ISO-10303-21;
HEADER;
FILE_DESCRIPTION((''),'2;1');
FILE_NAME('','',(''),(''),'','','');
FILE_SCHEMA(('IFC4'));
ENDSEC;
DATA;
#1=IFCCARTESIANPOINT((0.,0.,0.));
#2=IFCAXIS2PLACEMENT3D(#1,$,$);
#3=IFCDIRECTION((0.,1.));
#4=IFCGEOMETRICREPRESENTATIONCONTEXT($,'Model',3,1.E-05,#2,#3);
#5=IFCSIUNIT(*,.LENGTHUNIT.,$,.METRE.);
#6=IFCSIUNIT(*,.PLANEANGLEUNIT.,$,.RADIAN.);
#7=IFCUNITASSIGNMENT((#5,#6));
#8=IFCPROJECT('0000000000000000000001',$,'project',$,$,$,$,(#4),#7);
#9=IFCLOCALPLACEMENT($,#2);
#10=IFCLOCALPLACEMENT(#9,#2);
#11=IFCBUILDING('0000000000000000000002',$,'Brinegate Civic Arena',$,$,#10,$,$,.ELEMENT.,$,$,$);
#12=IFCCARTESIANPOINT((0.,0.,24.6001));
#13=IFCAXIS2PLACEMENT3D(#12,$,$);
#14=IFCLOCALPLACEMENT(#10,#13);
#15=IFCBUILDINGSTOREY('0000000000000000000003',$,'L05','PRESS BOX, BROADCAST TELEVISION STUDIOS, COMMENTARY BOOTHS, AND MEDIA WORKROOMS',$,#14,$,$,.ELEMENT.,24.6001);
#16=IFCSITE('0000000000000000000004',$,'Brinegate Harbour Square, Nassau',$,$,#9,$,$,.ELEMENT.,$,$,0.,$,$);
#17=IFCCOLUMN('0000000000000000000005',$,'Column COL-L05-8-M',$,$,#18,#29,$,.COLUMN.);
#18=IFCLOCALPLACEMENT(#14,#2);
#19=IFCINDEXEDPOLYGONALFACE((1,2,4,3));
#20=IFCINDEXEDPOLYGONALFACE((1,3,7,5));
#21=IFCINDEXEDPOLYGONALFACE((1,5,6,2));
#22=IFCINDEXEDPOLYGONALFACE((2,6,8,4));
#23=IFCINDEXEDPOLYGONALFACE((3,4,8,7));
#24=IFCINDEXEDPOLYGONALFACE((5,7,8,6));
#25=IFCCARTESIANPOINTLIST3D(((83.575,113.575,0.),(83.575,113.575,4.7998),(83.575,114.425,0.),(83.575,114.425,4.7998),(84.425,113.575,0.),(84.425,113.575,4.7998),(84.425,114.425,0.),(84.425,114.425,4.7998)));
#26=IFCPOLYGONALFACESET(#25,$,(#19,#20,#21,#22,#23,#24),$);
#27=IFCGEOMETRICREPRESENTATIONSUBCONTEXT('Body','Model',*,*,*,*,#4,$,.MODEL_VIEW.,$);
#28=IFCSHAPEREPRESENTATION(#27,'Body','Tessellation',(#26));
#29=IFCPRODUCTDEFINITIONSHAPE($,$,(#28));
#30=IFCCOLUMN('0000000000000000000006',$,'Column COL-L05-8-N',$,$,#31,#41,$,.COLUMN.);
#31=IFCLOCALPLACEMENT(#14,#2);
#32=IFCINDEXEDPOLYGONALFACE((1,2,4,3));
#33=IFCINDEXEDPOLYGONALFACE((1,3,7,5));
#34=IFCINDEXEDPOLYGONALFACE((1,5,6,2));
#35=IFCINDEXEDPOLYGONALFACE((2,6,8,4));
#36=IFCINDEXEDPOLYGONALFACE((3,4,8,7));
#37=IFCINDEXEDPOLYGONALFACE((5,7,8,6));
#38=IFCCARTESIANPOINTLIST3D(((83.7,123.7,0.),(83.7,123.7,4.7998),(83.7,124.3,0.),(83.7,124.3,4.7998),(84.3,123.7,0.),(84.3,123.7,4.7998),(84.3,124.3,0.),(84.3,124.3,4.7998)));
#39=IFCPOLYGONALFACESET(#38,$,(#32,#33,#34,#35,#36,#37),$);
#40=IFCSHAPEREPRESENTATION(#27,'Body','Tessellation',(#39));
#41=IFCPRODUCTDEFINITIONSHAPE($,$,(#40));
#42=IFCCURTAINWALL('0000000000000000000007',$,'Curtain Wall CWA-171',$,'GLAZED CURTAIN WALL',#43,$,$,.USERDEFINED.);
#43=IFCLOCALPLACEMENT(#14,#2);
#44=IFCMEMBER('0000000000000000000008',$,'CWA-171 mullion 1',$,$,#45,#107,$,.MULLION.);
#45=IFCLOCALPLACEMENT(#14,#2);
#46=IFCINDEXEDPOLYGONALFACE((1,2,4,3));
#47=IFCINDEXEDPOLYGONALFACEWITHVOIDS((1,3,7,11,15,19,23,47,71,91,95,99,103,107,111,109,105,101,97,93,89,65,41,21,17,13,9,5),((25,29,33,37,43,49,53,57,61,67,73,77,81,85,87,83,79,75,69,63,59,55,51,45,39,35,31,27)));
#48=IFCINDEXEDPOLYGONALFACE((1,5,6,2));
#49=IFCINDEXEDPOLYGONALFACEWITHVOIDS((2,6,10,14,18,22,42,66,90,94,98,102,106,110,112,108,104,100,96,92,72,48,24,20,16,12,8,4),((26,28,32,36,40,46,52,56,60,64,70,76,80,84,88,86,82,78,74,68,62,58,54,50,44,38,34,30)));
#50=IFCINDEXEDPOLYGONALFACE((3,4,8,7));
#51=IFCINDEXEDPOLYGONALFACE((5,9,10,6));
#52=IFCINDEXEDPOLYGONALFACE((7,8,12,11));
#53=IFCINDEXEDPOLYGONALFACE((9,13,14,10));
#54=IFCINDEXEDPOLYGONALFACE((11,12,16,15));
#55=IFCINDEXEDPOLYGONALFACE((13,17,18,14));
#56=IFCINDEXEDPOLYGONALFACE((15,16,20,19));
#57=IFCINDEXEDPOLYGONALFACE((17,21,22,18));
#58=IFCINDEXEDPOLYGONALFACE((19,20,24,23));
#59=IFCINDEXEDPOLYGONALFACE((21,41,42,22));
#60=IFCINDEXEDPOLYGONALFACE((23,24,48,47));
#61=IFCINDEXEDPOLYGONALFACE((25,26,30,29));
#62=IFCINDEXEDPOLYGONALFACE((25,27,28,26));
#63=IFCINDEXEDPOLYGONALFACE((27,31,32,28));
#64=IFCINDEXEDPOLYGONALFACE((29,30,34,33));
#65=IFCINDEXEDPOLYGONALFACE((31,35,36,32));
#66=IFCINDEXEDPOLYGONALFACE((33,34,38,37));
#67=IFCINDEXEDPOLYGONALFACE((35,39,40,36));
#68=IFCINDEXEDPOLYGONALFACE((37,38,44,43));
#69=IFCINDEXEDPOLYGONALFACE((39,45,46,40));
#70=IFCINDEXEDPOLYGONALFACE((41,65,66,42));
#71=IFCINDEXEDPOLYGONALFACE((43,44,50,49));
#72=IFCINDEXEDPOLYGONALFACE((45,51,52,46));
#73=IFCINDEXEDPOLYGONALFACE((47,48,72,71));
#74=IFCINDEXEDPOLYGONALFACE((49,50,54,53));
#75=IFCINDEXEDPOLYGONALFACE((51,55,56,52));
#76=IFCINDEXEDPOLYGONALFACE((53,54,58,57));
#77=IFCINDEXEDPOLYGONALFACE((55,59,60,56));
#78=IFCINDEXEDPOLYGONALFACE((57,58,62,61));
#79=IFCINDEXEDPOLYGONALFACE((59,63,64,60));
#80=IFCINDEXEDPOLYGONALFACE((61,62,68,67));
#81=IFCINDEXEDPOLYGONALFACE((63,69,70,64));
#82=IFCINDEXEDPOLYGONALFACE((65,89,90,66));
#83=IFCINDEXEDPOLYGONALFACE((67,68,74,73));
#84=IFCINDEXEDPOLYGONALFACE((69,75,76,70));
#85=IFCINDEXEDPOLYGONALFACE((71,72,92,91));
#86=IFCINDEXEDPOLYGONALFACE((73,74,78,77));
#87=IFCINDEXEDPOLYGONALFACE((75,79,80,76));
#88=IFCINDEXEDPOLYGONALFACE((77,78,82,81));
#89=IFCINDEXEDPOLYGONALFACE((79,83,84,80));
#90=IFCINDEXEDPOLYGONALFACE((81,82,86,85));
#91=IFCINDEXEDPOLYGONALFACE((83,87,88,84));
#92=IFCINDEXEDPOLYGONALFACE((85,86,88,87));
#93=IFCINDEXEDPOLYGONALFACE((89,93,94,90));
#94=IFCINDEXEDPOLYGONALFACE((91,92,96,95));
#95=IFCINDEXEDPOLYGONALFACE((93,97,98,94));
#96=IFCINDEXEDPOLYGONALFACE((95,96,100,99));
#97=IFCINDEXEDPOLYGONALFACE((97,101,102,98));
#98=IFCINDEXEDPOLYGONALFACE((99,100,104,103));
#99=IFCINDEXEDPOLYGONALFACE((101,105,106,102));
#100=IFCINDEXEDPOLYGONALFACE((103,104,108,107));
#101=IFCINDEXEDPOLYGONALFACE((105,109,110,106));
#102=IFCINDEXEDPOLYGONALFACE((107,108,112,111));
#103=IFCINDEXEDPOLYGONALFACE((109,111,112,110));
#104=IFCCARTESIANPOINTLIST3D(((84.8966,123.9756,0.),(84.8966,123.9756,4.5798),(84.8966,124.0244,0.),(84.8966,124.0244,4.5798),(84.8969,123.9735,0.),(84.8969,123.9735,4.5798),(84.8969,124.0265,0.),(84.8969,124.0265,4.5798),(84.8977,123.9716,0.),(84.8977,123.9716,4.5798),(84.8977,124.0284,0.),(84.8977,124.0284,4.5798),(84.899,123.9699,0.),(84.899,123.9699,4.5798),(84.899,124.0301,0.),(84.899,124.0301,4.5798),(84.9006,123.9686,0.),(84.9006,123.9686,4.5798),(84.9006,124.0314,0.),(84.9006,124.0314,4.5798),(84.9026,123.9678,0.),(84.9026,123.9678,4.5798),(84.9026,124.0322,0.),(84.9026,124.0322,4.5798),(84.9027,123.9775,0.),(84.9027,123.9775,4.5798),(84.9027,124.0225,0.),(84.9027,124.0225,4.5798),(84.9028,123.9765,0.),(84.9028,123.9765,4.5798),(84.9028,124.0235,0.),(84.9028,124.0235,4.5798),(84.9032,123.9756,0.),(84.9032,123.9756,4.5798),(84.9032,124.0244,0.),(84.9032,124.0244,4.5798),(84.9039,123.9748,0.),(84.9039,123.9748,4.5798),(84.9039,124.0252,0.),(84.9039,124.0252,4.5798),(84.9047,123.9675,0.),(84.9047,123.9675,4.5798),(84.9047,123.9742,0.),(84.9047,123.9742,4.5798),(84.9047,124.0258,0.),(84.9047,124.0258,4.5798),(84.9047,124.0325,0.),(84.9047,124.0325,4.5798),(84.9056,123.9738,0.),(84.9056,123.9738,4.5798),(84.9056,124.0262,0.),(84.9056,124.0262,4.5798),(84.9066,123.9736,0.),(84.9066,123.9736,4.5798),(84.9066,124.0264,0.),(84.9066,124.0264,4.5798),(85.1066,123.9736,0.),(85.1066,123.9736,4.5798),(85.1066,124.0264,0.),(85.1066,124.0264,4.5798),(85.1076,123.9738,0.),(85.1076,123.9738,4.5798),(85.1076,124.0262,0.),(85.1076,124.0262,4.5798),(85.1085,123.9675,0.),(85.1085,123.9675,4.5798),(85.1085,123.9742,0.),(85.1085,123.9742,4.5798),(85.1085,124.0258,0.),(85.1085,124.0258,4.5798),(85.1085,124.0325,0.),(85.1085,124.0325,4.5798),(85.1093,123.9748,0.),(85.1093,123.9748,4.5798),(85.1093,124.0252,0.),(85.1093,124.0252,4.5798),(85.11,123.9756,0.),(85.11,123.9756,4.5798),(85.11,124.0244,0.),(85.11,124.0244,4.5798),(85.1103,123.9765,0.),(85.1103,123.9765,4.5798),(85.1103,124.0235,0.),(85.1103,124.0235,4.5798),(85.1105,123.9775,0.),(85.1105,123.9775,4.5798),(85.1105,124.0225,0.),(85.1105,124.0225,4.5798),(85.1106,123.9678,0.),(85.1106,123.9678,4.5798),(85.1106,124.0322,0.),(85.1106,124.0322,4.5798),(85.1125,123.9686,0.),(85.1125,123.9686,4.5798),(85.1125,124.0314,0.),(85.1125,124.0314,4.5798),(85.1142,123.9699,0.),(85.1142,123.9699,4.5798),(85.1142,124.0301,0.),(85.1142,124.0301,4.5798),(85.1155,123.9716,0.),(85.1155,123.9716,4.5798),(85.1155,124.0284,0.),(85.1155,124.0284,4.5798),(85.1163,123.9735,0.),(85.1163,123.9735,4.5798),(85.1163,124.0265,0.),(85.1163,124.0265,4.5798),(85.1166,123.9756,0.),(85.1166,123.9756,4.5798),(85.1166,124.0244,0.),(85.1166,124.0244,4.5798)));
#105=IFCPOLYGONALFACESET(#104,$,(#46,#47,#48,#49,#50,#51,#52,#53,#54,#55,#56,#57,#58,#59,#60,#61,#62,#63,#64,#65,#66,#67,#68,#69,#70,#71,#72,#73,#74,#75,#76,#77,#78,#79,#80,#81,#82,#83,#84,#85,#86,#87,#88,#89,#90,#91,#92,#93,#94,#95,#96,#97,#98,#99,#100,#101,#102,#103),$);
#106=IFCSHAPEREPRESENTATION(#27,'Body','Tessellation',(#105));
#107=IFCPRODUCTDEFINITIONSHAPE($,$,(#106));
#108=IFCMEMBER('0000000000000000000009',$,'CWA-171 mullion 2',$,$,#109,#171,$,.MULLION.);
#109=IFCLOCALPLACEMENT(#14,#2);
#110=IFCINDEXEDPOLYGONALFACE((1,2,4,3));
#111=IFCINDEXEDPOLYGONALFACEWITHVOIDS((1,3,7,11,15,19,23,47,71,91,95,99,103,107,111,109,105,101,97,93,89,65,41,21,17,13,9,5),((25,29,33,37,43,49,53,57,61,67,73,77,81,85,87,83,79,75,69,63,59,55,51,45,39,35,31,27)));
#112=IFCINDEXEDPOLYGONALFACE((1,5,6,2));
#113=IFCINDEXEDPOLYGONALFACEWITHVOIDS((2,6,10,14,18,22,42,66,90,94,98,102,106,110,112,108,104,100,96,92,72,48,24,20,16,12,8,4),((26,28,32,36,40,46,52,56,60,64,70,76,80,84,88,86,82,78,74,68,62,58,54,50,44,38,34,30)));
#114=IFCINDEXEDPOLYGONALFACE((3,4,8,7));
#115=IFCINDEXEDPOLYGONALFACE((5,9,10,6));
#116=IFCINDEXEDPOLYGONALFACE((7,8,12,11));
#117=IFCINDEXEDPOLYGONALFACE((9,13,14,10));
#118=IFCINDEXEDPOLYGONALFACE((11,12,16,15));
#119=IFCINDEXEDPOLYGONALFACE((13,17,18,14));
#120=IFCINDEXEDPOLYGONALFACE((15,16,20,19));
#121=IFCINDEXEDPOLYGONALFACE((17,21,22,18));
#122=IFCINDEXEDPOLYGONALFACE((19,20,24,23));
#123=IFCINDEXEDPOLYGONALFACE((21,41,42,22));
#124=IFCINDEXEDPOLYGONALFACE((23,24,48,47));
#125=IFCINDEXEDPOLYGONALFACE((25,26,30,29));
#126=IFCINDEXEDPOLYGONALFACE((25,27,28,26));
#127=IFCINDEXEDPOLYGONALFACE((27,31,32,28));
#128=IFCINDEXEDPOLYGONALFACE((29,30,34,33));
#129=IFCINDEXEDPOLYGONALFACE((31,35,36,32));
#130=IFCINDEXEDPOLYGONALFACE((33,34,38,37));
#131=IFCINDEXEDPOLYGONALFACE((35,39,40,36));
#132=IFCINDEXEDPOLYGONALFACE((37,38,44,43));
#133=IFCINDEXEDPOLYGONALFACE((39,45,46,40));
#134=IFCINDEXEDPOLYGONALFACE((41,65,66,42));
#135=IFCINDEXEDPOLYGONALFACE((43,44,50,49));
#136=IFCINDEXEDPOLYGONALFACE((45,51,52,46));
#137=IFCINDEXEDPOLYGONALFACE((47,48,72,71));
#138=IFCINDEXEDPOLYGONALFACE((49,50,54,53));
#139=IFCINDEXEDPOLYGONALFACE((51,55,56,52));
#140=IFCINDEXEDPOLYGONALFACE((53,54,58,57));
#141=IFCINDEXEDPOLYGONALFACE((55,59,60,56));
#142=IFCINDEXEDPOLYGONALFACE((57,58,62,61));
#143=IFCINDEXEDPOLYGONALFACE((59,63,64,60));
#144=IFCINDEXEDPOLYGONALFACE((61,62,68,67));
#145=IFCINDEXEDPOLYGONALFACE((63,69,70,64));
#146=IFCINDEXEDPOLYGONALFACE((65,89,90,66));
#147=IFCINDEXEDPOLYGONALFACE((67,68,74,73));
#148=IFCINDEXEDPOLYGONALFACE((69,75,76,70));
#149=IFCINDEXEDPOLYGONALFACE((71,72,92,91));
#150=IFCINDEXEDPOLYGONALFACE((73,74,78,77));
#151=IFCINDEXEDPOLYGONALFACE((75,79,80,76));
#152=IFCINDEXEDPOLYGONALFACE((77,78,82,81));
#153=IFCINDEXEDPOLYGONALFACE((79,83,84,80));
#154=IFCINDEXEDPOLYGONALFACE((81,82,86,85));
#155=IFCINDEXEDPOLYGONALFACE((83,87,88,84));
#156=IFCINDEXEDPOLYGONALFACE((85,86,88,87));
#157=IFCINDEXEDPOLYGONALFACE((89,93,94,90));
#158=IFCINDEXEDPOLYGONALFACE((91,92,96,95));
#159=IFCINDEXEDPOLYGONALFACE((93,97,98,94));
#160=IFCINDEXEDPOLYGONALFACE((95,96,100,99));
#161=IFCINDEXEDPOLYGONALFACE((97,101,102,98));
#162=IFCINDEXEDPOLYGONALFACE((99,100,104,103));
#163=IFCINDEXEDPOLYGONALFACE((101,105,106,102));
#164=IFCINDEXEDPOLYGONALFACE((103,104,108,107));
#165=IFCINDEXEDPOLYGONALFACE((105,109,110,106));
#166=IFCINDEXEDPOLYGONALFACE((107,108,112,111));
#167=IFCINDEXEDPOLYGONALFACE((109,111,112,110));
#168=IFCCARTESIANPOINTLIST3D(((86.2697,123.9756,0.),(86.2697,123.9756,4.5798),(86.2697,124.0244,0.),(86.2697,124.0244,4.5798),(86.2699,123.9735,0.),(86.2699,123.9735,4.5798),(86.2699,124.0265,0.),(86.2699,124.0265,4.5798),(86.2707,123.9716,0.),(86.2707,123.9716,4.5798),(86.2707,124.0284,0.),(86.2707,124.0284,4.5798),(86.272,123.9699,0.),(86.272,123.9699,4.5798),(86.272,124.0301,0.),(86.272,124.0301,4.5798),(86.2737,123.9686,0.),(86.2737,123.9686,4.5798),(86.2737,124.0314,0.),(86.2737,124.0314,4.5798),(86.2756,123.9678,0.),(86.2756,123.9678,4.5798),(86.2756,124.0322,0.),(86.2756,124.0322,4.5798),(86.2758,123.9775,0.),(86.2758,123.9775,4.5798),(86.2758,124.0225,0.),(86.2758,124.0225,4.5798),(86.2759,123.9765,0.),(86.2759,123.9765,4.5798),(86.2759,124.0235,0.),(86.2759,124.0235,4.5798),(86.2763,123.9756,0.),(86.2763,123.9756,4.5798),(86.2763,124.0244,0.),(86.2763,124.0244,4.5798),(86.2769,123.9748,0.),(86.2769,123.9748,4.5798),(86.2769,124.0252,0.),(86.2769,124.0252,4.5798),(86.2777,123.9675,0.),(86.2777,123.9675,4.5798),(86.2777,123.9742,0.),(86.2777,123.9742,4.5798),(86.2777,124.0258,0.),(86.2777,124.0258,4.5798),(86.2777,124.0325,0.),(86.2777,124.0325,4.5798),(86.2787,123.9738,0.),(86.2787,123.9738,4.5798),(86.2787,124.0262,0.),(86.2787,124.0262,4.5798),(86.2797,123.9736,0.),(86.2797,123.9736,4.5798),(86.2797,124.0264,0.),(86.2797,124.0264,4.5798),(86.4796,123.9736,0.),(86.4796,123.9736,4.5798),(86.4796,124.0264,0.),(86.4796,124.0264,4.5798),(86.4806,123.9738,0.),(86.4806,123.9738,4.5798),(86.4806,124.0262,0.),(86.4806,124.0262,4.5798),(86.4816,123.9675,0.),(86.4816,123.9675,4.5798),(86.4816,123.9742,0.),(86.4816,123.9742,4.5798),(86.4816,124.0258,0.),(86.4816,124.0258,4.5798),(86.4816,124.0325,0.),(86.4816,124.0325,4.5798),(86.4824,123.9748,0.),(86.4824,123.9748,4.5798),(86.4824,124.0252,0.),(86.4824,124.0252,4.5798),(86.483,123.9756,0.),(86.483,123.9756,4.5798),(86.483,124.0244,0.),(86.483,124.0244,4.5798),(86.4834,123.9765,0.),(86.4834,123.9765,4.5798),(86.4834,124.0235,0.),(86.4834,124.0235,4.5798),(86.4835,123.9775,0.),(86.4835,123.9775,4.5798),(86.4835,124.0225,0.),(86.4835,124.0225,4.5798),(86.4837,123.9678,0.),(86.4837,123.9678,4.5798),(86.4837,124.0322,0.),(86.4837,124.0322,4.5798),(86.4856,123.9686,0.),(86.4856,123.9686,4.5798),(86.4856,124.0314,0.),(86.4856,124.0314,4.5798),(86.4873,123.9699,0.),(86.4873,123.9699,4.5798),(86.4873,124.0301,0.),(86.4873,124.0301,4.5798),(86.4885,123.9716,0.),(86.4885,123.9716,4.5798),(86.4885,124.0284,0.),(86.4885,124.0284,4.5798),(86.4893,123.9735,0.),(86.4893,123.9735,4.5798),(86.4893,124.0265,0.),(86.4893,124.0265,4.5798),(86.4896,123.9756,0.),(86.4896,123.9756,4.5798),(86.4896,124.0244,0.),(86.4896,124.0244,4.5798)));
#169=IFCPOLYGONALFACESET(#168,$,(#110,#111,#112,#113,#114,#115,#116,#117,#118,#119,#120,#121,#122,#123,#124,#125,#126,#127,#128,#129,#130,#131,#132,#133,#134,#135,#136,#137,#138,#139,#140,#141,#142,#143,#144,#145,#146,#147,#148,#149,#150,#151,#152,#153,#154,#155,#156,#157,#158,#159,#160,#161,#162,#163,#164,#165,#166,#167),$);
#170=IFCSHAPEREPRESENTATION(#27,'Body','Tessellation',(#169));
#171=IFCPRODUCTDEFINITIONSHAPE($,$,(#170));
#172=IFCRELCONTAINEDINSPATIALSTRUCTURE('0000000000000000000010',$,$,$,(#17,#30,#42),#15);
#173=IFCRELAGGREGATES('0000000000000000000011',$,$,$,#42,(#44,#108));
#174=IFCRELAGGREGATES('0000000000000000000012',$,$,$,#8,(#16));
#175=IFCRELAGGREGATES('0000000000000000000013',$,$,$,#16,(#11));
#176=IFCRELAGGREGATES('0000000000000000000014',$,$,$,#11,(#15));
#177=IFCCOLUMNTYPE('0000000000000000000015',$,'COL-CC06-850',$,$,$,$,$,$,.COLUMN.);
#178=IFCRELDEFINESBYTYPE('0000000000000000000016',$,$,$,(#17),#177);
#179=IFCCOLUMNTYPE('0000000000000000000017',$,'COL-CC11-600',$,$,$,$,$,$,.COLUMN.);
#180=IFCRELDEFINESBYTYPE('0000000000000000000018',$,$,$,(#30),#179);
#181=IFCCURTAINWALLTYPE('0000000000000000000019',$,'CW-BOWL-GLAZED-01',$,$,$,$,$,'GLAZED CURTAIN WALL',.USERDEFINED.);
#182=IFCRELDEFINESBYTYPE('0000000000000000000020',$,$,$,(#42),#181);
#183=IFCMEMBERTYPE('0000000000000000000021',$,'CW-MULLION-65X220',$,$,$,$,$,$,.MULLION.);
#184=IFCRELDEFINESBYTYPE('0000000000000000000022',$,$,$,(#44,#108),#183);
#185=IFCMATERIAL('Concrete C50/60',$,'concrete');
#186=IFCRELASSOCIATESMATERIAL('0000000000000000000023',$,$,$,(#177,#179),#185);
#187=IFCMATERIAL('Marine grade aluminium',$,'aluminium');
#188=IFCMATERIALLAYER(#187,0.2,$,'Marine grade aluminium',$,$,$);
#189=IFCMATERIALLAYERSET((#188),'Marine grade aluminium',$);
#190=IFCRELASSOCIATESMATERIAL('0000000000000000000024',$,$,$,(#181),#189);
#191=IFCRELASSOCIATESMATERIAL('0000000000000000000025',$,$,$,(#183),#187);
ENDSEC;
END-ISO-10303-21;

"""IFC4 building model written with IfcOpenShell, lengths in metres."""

from ifc_helpers import new_model, si_unit, direction, frame, origin, origin_2d, place, context, subcontext, project, spatial, rectangle, hollow_rectangle, extrude, material, layer, layer_set, material_profile, profile_set, type_object, element, aggregate, save


model = new_model("IFC4")

# Units and contexts
model_context = context("Model", 3, precision=1e-05, world=origin(), true_north=direction((0.0, 1.0)))
body_context = subcontext(model_context, "Body", "Model", "MODEL_VIEW")
ifc_project = project(units=[si_unit("LENGTHUNIT", "METRE"), si_unit("PLANEANGLEUNIT", "RADIAN")], contexts=[model_context])

# Site, building, storey
site_placement = place(None, origin())
site = spatial("IfcSite", under=ifc_project, at=site_placement, Name="Brinegate Harbour Square, Nassau", CompositionType="ELEMENT", RefElevation=0.0)
building_placement = place(site_placement, origin())
building = spatial("IfcBuilding", under=site, at=building_placement, Name="Brinegate Civic Arena", CompositionType="ELEMENT")
storey_placement = place(building_placement, frame((0.0, 0.0, 24.6001)))
storey = spatial("IfcBuildingStorey", under=building, at=storey_placement, Name="L05", Description="PRESS BOX, BROADCAST TELEVISION STUDIOS, COMMENTARY BOOTHS, AND MEDIA WORKROOMS", CompositionType="ELEMENT", Elevation=24.6001)

# Columns
ifc_material_1 = material(Name="Concrete C50/60", Category="concrete")
ifc_material_profile_1 = material_profile(ifc_material_1, rectangle(XDim=0.8501, YDim=0.8501, at=origin_2d()), Name="RC850X850")
ifc_profile_set_1 = profile_set([ifc_material_profile_1], Name="Concrete C50/60")
column_type_1 = type_object("IfcColumnType", Name="COL-CC06-850", PredefinedType="COLUMN", material=ifc_profile_set_1)
column_1_placement = place(storey_placement, frame((84.0, 114.0, 0.0), z_axis=(0.0, 0.0, 1.0), x_axis=(1.0, 0.0, 0.0)))
element("IfcColumn", 1, at=column_1_placement, inside=storey, type_object=column_type_1, Name="Column COL-L05-8-M", PredefinedType="COLUMN", context=body_context, shape_type="SweptSolid", body=[
    extrude(rectangle(XDim=0.8501, YDim=0.8501, at=origin_2d()), origin(), (0.0, 0.0, 1.0), 4.7998),
])
ifc_material_profile_2 = material_profile(ifc_material_1, rectangle(XDim=0.6001, YDim=0.6001, at=origin_2d()), Name="RC600X600")
ifc_profile_set_2 = profile_set([ifc_material_profile_2], Name="Concrete C50/60")
column_type_2 = type_object("IfcColumnType", Name="COL-CC11-600", PredefinedType="COLUMN", material=ifc_profile_set_2)
column_2_placement = place(storey_placement, frame((84.0, 124.0, 0.0), z_axis=(0.0, 0.0, 1.0), x_axis=(1.0, 0.0, 0.0)))
element("IfcColumn", 2, at=column_2_placement, inside=storey, type_object=column_type_2, Name="Column COL-L05-8-N", PredefinedType="COLUMN", context=body_context, shape_type="SweptSolid", body=[
    extrude(rectangle(XDim=0.6001, YDim=0.6001, at=origin_2d()), origin(), (0.0, 0.0, 1.0), 4.7998),
])

# Curtain wall, members
ifc_material_2 = material(Name="Marine grade aluminium", Category="aluminium")
ifc_layer_1 = layer(ifc_material_2, 0.2, Name="Marine grade aluminium")
ifc_layer_set_1 = layer_set([ifc_layer_1], Name="Marine grade aluminium")
curtain_wall_type = type_object("IfcCurtainWallType", Name="CW-BOWL-GLAZED-01", ElementType="GLAZED CURTAIN WALL", PredefinedType="USERDEFINED", material=ifc_layer_set_1)
curtain_wall_placement = place(storey_placement, origin())
curtain_wall = element("IfcCurtainWall", 3, at=curtain_wall_placement, inside=storey, type_object=curtain_wall_type, Name="Curtain Wall CWA-171", ObjectType="GLAZED CURTAIN WALL", PredefinedType="USERDEFINED")
ifc_material_profile_3 = material_profile(ifc_material_2, hollow_rectangle(XDim=0.0649, YDim=0.22, WallThickness=0.0061, InnerFilletRadius=0.0039, OuterFilletRadius=0.0081, at=origin_2d()), Name="MUL65X220")
ifc_profile_set_3 = profile_set([ifc_material_profile_3], Name="Marine grade aluminium")
member_type_1 = type_object("IfcMemberType", Name="CW-MULLION-65X220", PredefinedType="MULLION", material=ifc_profile_set_3)
member_1_placement = place(storey_placement, frame((85.0066, 124.0, 0.0), z_axis=(0.0, 0.0, 1.0), x_axis=(0.0, 1.0, 0.0)))
member_1 = element("IfcMember", 4, at=member_1_placement, type_object=member_type_1, Name="CWA-171 mullion 1", PredefinedType="MULLION", context=body_context, shape_type="SweptSolid", body=[
    extrude(hollow_rectangle(XDim=0.0649, YDim=0.22, WallThickness=0.0061, InnerFilletRadius=0.0039, OuterFilletRadius=0.0081, at=origin_2d()), origin(), (0.0, 0.0, 1.0), 4.5798),
])
member_2_placement = place(storey_placement, frame((86.3796, 124.0, 0.0), z_axis=(0.0, 0.0, 1.0), x_axis=(0.0, 1.0, 0.0)))
member_2 = element("IfcMember", 5, at=member_2_placement, type_object=member_type_1, Name="CWA-171 mullion 2", PredefinedType="MULLION", context=body_context, shape_type="SweptSolid", body=[
    extrude(hollow_rectangle(XDim=0.0649, YDim=0.22, WallThickness=0.0061, InnerFilletRadius=0.0039, OuterFilletRadius=0.0081, at=origin_2d()), origin(), (0.0, 0.0, 1.0), 4.5798),
])

aggregate(curtain_wall, [member_1, member_2])

save(model, "model.ifc")
